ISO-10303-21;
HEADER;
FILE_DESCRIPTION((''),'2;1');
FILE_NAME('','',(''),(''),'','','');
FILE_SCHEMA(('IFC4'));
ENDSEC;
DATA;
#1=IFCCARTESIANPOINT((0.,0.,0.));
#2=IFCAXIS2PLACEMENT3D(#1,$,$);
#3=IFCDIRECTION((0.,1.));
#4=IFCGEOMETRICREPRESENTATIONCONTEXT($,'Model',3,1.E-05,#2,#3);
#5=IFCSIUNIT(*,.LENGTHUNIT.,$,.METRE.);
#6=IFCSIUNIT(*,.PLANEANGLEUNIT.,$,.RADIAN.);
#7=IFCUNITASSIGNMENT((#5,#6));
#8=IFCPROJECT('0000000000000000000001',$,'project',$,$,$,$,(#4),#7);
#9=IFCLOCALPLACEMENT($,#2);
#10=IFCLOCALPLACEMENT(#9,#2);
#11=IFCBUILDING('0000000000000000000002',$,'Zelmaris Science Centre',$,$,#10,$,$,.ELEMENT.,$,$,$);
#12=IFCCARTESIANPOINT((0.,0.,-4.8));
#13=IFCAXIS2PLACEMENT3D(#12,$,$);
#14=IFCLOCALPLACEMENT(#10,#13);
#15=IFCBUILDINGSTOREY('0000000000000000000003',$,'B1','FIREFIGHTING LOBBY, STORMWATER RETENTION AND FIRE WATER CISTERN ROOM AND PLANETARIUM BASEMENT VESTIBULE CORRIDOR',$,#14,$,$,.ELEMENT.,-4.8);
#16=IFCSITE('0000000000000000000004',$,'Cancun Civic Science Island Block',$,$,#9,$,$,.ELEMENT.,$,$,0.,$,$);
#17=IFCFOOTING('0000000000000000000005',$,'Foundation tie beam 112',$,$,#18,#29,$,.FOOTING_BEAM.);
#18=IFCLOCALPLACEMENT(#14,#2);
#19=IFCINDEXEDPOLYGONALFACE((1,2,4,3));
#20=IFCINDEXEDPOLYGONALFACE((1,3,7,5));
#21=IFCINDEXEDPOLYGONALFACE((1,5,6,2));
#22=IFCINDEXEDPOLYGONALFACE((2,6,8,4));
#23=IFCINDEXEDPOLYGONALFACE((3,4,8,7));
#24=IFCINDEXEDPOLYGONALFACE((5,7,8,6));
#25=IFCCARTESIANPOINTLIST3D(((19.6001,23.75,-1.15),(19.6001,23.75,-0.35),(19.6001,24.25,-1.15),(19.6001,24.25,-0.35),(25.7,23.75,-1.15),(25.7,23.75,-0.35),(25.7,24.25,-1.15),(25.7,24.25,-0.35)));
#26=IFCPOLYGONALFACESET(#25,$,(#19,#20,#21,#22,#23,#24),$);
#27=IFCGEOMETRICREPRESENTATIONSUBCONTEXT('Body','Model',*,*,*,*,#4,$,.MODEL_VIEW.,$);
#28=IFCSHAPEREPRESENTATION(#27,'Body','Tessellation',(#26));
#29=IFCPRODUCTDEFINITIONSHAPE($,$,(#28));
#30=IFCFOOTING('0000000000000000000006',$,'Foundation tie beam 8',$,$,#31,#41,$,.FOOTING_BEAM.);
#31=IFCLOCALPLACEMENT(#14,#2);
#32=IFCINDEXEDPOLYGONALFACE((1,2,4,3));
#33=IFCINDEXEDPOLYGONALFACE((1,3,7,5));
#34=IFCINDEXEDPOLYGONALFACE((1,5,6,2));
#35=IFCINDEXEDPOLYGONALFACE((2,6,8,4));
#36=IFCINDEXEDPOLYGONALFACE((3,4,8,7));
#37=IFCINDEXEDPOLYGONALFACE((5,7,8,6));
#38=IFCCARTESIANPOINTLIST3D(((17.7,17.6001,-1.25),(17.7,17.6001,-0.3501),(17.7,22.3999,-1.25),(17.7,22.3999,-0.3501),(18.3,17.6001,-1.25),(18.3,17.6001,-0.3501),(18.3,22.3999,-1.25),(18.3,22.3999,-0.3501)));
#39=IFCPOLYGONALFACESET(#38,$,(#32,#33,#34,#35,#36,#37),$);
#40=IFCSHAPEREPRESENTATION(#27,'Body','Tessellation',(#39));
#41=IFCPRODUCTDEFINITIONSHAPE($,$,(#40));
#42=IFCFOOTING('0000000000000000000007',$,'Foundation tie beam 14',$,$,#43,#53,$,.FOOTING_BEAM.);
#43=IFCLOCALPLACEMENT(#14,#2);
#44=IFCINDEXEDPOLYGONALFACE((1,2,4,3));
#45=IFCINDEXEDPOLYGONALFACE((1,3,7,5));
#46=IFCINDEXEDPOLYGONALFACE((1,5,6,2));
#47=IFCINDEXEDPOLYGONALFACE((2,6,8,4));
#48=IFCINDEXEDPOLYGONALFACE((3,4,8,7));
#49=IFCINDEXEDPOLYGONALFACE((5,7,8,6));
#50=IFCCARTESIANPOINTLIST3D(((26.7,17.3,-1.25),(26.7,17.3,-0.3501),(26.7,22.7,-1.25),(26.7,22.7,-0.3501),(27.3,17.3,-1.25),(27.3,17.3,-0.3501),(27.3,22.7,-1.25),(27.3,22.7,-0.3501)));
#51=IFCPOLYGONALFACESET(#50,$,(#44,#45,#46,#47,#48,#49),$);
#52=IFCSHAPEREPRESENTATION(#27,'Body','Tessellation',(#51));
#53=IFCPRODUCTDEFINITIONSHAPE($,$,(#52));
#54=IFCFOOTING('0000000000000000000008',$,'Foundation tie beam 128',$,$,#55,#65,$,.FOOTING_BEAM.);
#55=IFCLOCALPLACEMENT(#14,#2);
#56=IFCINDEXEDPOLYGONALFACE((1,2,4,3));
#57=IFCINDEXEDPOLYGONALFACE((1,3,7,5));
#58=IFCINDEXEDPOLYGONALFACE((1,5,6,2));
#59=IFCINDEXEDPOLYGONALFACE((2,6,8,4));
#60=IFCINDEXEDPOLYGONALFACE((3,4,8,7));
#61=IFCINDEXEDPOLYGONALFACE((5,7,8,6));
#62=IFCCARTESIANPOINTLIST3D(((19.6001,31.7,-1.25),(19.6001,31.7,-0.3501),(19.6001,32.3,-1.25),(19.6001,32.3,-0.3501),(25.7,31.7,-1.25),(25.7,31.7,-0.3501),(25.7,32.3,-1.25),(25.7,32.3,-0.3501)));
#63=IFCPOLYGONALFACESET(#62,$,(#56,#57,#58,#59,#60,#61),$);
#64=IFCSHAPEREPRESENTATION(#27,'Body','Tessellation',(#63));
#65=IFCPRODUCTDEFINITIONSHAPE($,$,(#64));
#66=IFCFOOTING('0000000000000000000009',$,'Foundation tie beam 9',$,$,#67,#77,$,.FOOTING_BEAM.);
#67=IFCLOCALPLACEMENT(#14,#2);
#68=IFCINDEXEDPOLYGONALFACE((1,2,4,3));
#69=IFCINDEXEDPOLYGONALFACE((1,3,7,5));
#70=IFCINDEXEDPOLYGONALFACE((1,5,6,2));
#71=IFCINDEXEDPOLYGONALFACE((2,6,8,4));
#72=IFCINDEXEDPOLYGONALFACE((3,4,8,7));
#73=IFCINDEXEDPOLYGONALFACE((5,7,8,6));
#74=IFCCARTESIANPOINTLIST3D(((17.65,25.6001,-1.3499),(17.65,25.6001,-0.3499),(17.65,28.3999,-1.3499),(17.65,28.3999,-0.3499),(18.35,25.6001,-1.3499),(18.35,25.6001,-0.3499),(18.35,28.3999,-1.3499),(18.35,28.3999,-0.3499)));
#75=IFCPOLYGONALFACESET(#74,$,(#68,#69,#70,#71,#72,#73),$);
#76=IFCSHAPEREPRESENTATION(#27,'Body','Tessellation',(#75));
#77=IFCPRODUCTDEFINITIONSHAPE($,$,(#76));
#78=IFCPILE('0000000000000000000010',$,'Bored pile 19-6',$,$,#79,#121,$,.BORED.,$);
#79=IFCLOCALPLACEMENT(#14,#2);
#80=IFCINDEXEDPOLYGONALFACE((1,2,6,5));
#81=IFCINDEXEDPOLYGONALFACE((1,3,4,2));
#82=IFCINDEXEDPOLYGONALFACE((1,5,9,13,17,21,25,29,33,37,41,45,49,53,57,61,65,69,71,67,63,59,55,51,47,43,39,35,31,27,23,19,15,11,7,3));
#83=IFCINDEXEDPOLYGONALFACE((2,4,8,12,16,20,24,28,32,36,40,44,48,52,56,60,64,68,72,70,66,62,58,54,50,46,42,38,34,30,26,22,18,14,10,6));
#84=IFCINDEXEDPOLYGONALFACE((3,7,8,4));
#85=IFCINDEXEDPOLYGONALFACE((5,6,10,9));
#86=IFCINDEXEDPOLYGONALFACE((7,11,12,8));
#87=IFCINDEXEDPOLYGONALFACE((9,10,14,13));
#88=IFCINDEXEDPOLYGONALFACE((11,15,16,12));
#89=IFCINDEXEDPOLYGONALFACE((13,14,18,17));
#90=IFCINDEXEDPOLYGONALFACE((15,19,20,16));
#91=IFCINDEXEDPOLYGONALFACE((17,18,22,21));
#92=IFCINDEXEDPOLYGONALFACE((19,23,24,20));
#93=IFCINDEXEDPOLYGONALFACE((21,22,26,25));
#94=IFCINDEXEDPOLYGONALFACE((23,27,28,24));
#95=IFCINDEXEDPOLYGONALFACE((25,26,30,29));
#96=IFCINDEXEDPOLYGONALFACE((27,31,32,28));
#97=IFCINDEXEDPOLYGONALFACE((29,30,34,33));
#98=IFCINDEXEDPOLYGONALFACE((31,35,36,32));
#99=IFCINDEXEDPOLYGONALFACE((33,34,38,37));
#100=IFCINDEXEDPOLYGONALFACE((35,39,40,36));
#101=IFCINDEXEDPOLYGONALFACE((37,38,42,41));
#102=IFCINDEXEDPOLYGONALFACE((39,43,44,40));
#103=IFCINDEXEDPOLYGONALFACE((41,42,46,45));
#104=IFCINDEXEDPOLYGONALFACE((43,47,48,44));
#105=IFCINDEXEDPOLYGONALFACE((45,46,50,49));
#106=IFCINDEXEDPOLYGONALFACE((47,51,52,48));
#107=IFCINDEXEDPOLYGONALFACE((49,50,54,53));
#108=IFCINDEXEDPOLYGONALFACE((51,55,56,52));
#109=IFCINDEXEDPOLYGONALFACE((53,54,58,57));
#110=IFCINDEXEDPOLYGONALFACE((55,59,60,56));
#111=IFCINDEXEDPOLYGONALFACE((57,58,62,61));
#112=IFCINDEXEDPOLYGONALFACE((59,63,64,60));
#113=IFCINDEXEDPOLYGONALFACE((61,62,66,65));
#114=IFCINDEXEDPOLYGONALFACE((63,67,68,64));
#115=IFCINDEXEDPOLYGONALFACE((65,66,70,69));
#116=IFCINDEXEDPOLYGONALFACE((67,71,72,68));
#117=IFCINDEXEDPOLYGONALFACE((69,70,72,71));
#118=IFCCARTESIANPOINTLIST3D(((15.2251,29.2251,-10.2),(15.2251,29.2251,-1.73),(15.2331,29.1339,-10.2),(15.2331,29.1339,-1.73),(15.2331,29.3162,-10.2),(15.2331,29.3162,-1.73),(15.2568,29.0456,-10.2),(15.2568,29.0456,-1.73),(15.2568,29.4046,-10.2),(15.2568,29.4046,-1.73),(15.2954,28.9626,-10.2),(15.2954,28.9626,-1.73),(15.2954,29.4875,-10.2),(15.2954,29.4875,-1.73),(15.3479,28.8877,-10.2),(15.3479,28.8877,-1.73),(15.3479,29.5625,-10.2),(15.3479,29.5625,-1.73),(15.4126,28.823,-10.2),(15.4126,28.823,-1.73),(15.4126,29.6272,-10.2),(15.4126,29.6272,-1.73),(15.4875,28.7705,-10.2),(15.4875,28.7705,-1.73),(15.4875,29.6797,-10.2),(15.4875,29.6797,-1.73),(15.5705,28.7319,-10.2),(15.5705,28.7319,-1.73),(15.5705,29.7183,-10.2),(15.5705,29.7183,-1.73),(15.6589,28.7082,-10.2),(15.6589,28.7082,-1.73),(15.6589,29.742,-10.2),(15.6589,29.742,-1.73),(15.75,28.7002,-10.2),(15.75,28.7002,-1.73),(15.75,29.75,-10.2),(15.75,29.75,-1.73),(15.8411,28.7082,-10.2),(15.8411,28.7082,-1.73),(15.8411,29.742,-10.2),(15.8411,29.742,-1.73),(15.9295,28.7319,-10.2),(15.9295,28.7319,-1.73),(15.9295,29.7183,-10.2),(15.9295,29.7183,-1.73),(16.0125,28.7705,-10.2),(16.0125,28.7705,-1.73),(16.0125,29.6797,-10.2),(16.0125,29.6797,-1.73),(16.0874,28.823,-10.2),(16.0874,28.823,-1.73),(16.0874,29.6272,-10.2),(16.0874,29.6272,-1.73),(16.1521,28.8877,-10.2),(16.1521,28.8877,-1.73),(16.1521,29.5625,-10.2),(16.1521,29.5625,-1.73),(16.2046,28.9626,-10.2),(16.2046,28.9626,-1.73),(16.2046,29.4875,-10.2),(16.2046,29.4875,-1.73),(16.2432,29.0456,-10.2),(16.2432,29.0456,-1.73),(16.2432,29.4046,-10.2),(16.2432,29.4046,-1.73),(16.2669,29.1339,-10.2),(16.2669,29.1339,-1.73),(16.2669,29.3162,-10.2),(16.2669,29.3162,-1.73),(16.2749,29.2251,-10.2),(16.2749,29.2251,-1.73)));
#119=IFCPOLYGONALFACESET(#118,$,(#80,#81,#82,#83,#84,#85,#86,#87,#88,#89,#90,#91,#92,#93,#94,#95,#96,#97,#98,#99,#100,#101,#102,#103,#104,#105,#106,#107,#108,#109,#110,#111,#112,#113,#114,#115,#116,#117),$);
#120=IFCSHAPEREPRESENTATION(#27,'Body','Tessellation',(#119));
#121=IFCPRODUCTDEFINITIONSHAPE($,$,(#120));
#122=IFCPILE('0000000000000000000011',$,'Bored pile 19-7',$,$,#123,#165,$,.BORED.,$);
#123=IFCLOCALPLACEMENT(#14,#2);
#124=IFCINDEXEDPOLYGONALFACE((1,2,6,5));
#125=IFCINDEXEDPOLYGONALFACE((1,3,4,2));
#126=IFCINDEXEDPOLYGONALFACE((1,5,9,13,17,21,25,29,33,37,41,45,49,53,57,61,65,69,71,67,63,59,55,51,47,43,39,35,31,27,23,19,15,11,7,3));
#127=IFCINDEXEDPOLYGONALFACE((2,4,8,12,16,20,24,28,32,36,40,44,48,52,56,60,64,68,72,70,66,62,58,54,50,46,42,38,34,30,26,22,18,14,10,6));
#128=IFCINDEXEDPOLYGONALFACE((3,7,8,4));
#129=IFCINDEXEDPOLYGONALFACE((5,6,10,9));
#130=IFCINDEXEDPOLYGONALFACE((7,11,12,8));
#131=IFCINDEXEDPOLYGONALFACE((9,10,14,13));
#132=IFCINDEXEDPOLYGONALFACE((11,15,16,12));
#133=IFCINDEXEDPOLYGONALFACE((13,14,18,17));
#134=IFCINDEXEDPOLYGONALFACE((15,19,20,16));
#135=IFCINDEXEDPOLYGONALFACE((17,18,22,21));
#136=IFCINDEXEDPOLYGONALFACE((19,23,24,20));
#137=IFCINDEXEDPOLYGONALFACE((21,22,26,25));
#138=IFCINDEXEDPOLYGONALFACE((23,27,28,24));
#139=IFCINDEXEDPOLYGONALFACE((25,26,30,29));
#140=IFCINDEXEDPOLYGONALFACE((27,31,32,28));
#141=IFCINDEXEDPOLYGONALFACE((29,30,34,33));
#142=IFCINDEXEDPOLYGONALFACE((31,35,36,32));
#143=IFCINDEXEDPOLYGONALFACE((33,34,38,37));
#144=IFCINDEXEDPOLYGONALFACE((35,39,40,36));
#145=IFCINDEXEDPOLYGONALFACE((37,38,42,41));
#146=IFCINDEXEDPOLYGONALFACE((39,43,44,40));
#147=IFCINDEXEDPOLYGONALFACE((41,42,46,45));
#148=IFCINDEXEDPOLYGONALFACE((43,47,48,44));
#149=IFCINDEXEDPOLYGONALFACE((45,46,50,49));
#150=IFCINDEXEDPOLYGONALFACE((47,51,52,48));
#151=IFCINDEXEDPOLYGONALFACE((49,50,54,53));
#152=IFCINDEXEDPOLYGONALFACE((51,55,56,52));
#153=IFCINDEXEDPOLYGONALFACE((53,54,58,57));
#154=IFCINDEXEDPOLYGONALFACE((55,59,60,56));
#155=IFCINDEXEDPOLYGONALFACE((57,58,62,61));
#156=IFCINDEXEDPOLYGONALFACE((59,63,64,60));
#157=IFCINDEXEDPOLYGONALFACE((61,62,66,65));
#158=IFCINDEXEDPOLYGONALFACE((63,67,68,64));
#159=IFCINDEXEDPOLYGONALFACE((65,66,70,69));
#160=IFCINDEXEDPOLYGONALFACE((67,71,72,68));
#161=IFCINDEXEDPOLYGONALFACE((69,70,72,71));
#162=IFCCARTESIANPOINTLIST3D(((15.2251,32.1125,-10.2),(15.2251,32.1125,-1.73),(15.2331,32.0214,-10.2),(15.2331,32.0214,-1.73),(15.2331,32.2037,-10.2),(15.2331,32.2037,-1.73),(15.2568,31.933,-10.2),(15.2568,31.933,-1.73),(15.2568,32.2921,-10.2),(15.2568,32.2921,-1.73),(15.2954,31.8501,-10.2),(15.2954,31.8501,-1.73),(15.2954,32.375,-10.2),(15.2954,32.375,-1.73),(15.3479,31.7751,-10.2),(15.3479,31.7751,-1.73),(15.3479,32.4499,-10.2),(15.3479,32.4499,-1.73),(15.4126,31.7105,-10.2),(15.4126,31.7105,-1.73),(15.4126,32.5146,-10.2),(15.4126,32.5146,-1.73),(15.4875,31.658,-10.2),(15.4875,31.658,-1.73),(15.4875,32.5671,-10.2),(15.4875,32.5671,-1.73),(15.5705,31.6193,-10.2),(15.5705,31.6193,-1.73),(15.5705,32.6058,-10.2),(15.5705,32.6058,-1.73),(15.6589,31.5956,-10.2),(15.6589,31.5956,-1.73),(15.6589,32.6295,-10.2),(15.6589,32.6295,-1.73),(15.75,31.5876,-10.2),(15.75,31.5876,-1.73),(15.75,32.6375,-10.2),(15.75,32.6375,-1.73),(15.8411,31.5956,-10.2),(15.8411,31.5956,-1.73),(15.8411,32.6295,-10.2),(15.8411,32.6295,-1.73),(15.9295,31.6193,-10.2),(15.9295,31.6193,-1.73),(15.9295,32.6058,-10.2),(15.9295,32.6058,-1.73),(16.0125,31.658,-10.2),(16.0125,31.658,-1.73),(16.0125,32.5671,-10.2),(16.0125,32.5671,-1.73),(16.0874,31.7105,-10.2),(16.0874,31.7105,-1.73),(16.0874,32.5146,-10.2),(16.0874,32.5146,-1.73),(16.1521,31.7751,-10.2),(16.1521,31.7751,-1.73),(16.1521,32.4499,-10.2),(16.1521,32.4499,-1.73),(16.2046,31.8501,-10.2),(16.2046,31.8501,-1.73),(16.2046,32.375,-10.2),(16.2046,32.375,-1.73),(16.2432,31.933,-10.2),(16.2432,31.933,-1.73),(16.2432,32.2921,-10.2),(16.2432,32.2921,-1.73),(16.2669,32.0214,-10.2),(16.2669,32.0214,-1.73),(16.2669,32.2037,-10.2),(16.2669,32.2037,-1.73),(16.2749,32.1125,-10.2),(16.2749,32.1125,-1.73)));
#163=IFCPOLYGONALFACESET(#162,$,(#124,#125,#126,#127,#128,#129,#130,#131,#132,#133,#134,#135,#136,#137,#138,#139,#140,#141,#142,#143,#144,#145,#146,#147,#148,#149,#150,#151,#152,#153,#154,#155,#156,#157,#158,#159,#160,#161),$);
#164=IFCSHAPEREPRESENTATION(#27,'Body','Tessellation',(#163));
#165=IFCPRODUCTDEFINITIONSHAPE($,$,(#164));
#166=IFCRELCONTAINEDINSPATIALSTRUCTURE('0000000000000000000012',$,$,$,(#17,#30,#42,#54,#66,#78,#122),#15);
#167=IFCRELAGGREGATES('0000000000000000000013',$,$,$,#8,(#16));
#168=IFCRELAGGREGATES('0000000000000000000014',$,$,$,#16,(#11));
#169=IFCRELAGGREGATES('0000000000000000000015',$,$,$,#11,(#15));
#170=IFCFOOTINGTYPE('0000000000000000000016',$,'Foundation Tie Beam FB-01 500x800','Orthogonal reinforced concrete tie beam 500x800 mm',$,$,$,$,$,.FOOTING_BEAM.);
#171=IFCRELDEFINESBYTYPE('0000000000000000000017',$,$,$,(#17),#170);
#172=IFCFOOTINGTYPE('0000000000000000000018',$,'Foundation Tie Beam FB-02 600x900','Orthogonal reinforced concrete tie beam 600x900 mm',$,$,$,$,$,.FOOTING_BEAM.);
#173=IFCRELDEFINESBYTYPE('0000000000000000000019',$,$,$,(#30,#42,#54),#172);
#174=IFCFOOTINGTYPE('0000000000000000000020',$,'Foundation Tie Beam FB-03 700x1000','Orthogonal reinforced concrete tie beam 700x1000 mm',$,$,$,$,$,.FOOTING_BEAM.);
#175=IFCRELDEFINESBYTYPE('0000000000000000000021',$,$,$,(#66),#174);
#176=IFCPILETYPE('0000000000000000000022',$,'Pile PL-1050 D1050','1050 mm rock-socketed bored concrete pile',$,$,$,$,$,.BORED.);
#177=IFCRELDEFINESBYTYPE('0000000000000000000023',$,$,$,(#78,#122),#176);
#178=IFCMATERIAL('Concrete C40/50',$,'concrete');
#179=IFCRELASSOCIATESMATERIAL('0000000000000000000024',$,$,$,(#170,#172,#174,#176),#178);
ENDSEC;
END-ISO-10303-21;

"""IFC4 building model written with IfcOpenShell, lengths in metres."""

from ifc_helpers import new_model, si_unit, direction, frame, origin, origin_2d, place, context, subcontext, project, spatial, rectangle, circle, extrude, material, material_profile, profile_set, type_object, element, save


model = new_model("IFC4")

# Units and contexts
model_context = context("Model", 3, precision=1e-05, world=origin(), true_north=direction((0.0, 1.0)))
body_context = subcontext(model_context, "Body", "Model", "MODEL_VIEW")
ifc_project = project(units=[si_unit("LENGTHUNIT", "METRE"), si_unit("PLANEANGLEUNIT", "RADIAN")], contexts=[model_context])

# Site, building, storey
site_placement = place(None, origin())
site = spatial("IfcSite", under=ifc_project, at=site_placement, Name="Cancun Civic Science Island Block", CompositionType="ELEMENT", RefElevation=0.0)
building_placement = place(site_placement, origin())
building = spatial("IfcBuilding", under=site, at=building_placement, Name="Zelmaris Science Centre", CompositionType="ELEMENT")
storey_placement = place(building_placement, frame((0.0, 0.0, -4.8)))
storey = spatial("IfcBuildingStorey", under=building, at=storey_placement, Name="B1", Description="FIREFIGHTING LOBBY, STORMWATER RETENTION AND FIRE WATER CISTERN ROOM AND PLANETARIUM BASEMENT VESTIBULE CORRIDOR", CompositionType="ELEMENT", Elevation=-4.8)

# Footings
ifc_material_1 = material(Name="Concrete C40/50", Category="concrete")
ifc_material_profile_1 = material_profile(ifc_material_1, rectangle(XDim=0.5, YDim=0.8, at=origin_2d()), Name="FB-500X800")
ifc_profile_set_1 = profile_set([ifc_material_profile_1], Name="Concrete C40/50")
footing_type_1 = type_object("IfcFootingType", Name="Foundation Tie Beam FB-01 500x800", Description="Orthogonal reinforced concrete tie beam 500x800 mm", PredefinedType="FOOTING_BEAM", material=ifc_profile_set_1)
footing_1_placement = place(storey_placement, frame((19.6001, 24.0, -0.75), z_axis=(1.0, 0.0, 0.0), x_axis=(0.0, 1.0, 0.0)))
element("IfcFooting", 1, at=footing_1_placement, inside=storey, type_object=footing_type_1, Name="Foundation tie beam 112", PredefinedType="FOOTING_BEAM", context=body_context, shape_type="SweptSolid", body=[
    extrude(rectangle(XDim=0.5, YDim=0.8, at=origin_2d()), origin(), (0.0, 0.0, 1.0), 6.0999),
])
ifc_material_profile_2 = material_profile(ifc_material_1, rectangle(XDim=0.6001, YDim=0.8999, at=origin_2d()), Name="FB-600X900")
ifc_profile_set_2 = profile_set([ifc_material_profile_2], Name="Concrete C40/50")
footing_type_2 = type_object("IfcFootingType", Name="Foundation Tie Beam FB-02 600x900", Description="Orthogonal reinforced concrete tie beam 600x900 mm", PredefinedType="FOOTING_BEAM", material=ifc_profile_set_2)
footing_2_placement = place(storey_placement, frame((18.0, 17.6001, -0.8), z_axis=(0.0, 1.0, 0.0), x_axis=(-1.0, 0.0, 0.0)))
element("IfcFooting", 2, at=footing_2_placement, inside=storey, type_object=footing_type_2, Name="Foundation tie beam 8", PredefinedType="FOOTING_BEAM", context=body_context, shape_type="SweptSolid", body=[
    extrude(rectangle(XDim=0.6001, YDim=0.8999, at=origin_2d()), origin(), (0.0, 0.0, 1.0), 4.7998),
])
footing_3_placement = place(storey_placement, frame((27.0, 17.3, -0.8), z_axis=(0.0, 1.0, 0.0), x_axis=(-1.0, 0.0, 0.0)))
element("IfcFooting", 3, at=footing_3_placement, inside=storey, type_object=footing_type_2, Name="Foundation tie beam 14", PredefinedType="FOOTING_BEAM", context=body_context, shape_type="SweptSolid", body=[
    extrude(rectangle(XDim=0.6001, YDim=0.8999, at=origin_2d()), origin(), (0.0, 0.0, 1.0), 5.3999),
])
footing_4_placement = place(storey_placement, frame((19.6001, 32.0, -0.8), z_axis=(1.0, 0.0, 0.0), x_axis=(0.0, 1.0, 0.0)))
element("IfcFooting", 4, at=footing_4_placement, inside=storey, type_object=footing_type_2, Name="Foundation tie beam 128", PredefinedType="FOOTING_BEAM", context=body_context, shape_type="SweptSolid", body=[
    extrude(rectangle(XDim=0.6001, YDim=0.8999, at=origin_2d()), origin(), (0.0, 0.0, 1.0), 6.0999),
])
ifc_material_profile_3 = material_profile(ifc_material_1, rectangle(XDim=0.7, YDim=1.0, at=origin_2d()), Name="FB-700X1000")
ifc_profile_set_3 = profile_set([ifc_material_profile_3], Name="Concrete C40/50")
footing_type_3 = type_object("IfcFootingType", Name="Foundation Tie Beam FB-03 700x1000", Description="Orthogonal reinforced concrete tie beam 700x1000 mm", PredefinedType="FOOTING_BEAM", material=ifc_profile_set_3)
footing_5_placement = place(storey_placement, frame((18.0, 25.6001, -0.8499), z_axis=(0.0, 1.0, 0.0), x_axis=(-1.0, 0.0, 0.0)))
element("IfcFooting", 5, at=footing_5_placement, inside=storey, type_object=footing_type_3, Name="Foundation tie beam 9", PredefinedType="FOOTING_BEAM", context=body_context, shape_type="SweptSolid", body=[
    extrude(rectangle(XDim=0.7, YDim=1.0, at=origin_2d()), origin(), (0.0, 0.0, 1.0), 2.7998),
])

# Piles
ifc_material_profile_4 = material_profile(ifc_material_1, circle(Radius=0.5249, at=origin_2d()), Name="PILE-1050")
ifc_profile_set_4 = profile_set([ifc_material_profile_4], Name="Concrete C40/50")
pile_type_1 = type_object("IfcPileType", Name="Pile PL-1050 D1050", Description="1050 mm rock-socketed bored concrete pile", PredefinedType="BORED", material=ifc_profile_set_4)
for number, where, z_axis, x_axis, name in (
    (6, (15.75, 29.2251, -1.73), (0.0, 0.0, -1.0), (1.0, 0.0, 0.0), "Bored pile 19-6"),
    (7, (15.75, 32.1125, -1.73), (0.0, 0.0, -1.0), (1.0, 0.0, 0.0), "Bored pile 19-7"),
):
    element("IfcPile", number, at=place(storey_placement, frame(where, z_axis=z_axis, x_axis=x_axis)), inside=storey, type_object=pile_type_1, Name=name, PredefinedType="BORED", context=body_context, shape_type="SweptSolid", body=[
        extrude(circle(Radius=0.5249, at=origin_2d()), origin(), (0.0, 0.0, 1.0), 8.47),
    ])

save(model, "model.ifc")
